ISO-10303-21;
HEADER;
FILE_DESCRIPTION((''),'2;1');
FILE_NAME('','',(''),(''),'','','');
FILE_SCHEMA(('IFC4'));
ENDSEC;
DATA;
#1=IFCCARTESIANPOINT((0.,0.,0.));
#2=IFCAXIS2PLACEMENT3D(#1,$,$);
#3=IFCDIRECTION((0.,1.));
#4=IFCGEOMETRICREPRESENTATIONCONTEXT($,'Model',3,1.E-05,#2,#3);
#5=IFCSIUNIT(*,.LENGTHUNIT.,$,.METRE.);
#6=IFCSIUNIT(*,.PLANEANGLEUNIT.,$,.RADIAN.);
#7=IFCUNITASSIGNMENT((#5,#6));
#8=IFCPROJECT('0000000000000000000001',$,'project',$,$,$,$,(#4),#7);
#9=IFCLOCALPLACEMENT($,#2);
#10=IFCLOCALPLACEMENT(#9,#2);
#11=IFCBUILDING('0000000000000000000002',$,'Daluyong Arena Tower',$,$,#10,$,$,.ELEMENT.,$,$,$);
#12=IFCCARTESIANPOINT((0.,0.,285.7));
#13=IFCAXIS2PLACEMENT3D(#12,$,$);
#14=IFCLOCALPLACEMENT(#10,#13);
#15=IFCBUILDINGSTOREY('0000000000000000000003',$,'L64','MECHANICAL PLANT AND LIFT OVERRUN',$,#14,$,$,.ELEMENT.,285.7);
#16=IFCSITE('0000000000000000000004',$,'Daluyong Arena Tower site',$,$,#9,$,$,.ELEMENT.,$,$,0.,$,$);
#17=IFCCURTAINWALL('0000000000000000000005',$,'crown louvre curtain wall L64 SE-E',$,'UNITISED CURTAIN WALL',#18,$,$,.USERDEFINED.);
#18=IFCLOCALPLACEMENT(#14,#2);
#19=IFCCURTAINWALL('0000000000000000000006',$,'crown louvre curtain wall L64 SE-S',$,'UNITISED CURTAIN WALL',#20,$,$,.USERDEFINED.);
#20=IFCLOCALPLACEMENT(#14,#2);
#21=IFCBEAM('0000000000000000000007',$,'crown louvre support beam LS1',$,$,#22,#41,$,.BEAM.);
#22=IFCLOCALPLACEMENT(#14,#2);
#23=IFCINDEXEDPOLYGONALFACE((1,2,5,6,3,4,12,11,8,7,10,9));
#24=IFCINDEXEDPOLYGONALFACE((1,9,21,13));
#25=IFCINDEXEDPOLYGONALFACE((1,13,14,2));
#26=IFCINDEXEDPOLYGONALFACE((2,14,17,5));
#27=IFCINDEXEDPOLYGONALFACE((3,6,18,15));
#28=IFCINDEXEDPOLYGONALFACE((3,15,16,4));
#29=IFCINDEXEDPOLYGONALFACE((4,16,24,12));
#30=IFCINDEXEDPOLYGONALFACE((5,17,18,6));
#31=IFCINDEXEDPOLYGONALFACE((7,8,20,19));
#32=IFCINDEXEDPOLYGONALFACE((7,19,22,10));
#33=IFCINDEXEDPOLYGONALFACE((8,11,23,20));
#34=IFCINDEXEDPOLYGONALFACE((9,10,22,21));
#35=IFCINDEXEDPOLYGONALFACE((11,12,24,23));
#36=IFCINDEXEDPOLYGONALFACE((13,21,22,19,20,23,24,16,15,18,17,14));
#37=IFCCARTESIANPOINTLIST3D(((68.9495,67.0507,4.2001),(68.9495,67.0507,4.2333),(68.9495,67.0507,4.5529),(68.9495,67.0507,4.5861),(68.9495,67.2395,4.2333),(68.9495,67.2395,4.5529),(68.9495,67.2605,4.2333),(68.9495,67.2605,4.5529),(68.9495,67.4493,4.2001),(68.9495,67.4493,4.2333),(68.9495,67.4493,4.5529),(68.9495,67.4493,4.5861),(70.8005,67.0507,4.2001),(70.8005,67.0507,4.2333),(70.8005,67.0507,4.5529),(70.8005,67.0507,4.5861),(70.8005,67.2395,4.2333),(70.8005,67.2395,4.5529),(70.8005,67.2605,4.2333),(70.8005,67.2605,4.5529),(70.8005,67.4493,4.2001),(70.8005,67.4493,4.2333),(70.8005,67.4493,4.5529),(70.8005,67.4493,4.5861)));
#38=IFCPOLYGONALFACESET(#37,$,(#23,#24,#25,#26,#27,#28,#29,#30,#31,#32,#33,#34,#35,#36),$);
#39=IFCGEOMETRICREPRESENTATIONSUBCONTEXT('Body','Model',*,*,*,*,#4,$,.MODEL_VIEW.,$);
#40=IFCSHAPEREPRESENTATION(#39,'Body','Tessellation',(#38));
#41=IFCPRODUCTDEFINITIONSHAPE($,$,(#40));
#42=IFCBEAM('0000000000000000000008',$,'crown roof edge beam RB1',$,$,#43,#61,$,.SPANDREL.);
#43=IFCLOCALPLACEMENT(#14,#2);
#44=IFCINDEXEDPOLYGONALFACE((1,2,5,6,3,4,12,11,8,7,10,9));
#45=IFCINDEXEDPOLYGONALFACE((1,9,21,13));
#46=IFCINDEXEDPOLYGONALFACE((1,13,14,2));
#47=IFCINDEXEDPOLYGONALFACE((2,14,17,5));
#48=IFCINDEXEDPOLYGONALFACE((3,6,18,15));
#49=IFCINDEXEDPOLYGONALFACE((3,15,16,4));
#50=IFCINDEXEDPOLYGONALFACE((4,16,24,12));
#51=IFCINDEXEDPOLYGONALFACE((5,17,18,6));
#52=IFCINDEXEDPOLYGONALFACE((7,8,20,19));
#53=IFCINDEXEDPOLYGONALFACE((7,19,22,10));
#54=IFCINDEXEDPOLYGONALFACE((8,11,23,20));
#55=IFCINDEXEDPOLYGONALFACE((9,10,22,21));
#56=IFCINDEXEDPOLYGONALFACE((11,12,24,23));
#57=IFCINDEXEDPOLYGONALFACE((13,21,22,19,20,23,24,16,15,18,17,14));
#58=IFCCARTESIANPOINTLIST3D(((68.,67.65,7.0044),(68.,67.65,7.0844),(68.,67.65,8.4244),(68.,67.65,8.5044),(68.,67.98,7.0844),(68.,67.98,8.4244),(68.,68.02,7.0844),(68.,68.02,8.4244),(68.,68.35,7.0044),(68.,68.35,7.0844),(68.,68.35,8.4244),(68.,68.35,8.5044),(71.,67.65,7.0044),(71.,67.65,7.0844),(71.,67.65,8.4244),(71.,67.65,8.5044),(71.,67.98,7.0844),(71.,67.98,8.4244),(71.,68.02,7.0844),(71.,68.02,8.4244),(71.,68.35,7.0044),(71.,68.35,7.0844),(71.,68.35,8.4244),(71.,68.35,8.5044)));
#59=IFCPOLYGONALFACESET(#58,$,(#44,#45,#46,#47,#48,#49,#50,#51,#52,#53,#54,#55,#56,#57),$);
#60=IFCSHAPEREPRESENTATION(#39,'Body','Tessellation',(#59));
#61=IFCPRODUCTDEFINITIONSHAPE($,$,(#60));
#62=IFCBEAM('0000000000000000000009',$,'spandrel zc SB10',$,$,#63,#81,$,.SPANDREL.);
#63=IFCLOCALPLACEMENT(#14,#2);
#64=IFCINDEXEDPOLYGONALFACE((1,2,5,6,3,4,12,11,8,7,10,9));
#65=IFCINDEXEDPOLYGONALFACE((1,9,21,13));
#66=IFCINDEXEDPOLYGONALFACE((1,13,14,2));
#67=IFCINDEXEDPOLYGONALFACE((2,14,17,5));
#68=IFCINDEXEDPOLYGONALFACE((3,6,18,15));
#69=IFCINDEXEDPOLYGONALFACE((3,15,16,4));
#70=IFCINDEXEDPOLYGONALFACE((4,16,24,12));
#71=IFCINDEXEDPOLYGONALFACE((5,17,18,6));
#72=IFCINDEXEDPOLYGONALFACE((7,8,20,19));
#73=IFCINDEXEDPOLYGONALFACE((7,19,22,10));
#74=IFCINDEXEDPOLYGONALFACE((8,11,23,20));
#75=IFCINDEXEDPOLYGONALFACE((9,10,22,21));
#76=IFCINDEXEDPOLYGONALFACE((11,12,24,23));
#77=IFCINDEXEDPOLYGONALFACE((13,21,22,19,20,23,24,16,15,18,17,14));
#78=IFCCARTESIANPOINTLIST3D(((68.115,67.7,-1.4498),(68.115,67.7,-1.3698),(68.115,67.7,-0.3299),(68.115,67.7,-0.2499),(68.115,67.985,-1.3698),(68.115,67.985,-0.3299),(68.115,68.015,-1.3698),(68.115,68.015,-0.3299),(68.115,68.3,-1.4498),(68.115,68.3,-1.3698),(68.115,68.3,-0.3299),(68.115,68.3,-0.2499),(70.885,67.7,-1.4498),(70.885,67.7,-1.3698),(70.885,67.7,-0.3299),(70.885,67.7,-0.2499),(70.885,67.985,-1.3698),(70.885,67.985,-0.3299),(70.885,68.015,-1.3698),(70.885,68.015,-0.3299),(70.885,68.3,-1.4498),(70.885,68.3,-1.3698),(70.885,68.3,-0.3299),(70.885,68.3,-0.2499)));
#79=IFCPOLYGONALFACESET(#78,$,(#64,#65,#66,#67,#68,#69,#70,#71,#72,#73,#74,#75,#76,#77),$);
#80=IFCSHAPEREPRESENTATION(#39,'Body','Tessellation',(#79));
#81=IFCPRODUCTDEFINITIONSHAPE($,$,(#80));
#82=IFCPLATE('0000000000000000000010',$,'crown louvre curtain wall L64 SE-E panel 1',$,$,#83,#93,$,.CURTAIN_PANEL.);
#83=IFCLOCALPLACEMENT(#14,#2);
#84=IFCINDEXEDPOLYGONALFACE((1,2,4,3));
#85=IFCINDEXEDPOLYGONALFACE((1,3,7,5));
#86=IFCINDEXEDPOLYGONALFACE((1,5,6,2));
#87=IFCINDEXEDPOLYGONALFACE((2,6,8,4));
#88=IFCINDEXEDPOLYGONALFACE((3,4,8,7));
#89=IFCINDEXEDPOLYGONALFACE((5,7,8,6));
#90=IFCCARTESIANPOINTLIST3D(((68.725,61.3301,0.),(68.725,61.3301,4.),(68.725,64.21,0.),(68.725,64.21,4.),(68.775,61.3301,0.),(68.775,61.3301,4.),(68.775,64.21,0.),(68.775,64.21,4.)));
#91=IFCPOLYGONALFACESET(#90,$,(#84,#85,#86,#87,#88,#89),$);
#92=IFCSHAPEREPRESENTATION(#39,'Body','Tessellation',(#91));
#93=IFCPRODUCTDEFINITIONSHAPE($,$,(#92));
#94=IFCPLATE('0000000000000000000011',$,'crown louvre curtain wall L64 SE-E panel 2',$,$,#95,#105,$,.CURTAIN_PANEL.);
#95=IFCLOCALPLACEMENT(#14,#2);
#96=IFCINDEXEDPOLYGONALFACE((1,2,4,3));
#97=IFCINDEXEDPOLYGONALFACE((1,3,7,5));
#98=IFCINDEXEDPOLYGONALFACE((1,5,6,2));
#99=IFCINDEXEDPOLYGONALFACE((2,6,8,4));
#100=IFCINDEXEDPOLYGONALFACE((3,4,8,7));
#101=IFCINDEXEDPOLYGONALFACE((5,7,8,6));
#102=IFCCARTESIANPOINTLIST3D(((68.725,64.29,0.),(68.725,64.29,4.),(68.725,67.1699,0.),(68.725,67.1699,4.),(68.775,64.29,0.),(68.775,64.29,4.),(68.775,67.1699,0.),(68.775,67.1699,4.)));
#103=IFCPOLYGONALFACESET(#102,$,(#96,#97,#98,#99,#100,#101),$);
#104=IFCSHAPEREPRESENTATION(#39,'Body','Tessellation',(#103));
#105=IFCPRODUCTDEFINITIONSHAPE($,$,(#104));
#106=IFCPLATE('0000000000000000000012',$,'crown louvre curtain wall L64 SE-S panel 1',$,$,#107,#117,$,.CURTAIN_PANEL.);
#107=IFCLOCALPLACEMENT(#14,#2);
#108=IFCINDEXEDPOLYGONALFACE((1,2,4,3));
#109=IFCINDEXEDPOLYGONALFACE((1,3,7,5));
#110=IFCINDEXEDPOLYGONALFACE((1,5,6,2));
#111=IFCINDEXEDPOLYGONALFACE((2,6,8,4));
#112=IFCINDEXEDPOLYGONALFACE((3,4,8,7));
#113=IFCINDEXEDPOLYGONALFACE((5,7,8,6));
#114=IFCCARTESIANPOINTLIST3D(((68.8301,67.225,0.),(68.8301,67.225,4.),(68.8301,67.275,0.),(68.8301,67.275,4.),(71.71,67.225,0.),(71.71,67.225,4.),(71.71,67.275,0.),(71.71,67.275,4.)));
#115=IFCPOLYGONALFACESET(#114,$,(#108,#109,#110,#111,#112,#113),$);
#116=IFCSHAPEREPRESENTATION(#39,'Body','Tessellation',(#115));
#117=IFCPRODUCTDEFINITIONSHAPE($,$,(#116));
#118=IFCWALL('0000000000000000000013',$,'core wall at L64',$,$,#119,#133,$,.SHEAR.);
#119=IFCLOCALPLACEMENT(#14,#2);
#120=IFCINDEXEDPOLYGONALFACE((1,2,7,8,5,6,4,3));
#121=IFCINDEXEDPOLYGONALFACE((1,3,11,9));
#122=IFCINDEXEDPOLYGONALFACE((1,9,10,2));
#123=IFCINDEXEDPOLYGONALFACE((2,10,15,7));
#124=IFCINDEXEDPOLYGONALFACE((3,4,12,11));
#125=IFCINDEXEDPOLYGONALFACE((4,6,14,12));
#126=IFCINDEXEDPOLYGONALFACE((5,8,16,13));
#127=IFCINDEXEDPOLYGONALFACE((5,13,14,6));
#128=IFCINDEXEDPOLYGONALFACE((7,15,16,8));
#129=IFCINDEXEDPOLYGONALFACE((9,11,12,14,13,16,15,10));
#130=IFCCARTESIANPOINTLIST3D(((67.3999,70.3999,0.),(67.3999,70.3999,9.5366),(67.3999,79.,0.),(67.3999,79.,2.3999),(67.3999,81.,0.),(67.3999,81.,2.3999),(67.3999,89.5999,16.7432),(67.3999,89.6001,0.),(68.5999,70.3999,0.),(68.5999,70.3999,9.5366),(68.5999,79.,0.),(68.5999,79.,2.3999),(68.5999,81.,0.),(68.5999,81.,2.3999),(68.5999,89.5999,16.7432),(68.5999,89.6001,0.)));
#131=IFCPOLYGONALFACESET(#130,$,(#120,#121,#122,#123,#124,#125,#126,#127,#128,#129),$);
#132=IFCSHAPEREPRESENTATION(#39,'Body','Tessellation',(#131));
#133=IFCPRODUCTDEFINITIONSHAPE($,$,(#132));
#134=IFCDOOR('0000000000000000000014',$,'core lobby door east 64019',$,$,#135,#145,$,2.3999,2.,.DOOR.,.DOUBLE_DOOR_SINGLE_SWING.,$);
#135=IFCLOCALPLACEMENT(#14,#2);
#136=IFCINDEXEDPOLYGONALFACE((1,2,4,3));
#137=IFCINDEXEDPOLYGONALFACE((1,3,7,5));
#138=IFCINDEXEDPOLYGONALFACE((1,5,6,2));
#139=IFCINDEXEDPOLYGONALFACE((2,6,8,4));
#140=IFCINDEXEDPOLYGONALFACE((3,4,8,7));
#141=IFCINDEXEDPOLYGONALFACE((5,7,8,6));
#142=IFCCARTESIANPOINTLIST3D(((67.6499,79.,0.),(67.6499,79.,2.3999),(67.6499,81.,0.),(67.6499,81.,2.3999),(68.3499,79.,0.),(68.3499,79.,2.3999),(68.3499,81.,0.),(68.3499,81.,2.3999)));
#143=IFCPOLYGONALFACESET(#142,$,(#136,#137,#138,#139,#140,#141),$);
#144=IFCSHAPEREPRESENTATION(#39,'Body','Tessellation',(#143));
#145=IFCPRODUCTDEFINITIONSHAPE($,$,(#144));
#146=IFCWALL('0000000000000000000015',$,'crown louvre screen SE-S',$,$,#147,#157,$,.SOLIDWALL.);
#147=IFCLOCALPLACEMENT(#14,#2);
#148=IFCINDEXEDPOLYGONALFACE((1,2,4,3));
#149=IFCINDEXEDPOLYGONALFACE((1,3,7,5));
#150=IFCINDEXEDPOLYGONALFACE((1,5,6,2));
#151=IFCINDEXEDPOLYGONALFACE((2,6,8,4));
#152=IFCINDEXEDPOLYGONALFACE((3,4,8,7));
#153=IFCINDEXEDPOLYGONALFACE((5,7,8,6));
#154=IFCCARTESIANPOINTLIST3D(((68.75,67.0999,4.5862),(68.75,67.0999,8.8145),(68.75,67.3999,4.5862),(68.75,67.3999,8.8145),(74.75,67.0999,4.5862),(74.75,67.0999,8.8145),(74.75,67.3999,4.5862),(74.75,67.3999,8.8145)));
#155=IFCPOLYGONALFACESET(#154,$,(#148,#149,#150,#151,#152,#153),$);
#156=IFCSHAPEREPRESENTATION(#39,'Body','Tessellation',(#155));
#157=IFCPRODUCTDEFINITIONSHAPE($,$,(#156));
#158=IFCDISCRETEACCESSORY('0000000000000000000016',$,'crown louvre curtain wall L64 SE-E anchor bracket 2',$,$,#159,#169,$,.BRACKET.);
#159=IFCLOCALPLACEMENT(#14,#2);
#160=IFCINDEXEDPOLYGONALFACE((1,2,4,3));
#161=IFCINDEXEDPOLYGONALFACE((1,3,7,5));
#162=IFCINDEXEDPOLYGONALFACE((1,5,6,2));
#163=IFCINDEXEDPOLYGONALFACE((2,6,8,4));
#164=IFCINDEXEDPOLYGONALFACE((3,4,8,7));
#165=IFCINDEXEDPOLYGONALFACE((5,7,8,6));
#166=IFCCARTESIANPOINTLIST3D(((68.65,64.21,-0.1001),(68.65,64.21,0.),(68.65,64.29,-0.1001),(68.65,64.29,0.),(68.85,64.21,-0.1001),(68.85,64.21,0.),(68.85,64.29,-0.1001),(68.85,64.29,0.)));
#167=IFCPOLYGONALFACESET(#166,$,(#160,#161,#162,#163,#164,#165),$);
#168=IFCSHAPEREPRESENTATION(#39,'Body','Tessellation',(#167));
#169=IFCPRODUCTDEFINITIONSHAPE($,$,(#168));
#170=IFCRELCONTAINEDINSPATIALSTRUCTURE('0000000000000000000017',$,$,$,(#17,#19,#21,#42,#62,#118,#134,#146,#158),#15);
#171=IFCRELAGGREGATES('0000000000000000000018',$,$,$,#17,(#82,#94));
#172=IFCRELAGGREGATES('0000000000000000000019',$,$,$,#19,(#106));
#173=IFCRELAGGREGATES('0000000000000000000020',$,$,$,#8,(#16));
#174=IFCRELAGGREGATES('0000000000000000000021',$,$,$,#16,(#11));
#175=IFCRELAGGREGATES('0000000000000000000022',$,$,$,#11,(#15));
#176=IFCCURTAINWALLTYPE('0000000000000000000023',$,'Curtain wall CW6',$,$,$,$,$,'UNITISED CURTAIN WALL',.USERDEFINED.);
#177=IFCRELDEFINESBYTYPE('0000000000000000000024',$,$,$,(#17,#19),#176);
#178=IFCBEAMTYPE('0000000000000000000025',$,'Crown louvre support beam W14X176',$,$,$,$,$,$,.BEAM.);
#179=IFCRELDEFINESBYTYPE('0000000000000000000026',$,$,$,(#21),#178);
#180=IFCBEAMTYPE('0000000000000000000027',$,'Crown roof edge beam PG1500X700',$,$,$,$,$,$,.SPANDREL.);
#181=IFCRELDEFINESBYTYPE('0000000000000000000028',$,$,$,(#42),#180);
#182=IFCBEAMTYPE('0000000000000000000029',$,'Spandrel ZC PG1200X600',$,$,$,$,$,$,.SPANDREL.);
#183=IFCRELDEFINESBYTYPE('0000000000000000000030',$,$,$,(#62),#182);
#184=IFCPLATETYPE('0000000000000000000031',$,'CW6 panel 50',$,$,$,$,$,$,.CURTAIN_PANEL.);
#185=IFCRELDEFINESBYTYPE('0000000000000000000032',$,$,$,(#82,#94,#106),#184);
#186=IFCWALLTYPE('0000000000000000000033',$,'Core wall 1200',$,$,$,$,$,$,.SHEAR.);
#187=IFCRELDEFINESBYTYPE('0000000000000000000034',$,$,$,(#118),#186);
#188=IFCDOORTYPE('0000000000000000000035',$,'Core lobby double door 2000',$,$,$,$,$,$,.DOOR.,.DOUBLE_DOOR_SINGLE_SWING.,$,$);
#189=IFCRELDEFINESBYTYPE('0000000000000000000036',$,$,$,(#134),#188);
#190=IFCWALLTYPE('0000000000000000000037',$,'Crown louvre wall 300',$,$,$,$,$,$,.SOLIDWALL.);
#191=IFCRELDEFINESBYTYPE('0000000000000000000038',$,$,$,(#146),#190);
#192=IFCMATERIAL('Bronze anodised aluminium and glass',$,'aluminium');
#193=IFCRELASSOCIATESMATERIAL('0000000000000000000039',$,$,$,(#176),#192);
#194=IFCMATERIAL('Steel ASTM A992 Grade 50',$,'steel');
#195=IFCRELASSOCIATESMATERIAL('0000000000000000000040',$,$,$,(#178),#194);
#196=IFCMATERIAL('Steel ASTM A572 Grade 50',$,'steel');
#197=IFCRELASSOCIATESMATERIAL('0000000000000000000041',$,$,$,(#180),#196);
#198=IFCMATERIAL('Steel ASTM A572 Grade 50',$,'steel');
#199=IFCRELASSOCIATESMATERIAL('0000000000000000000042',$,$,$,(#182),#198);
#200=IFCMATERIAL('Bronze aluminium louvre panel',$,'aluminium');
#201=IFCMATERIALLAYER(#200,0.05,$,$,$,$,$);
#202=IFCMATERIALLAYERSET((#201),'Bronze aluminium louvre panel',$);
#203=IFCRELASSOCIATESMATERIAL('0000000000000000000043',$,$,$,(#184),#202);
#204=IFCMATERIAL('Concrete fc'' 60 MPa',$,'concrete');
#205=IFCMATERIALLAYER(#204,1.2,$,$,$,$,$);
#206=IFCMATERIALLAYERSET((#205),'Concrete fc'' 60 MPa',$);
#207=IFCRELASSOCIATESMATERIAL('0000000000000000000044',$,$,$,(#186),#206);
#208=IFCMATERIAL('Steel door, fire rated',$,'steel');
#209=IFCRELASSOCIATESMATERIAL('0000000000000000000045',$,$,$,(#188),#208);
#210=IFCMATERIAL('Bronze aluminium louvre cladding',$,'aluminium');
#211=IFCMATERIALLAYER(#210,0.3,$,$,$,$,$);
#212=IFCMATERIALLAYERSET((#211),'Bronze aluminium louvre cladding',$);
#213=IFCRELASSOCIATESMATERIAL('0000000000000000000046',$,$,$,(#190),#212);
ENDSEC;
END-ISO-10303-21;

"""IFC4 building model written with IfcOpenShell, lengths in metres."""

from ifc_helpers import new_model, si_unit, direction, frame, frame_2d, origin, origin_2d, place, context, subcontext, project, spatial, polyline, rectangle, i_section, outline, extrude, material, layer, layer_set, material_profile, profile_set, type_object, element, fill, aggregate, save


model = new_model("IFC4")

# Units and contexts
model_context = context("Model", 3, precision=1e-05, world=origin(), true_north=direction((0.0, 1.0)))
body_context = subcontext(model_context, "Body", "Model", "MODEL_VIEW")
ifc_project = project(units=[si_unit("LENGTHUNIT", "METRE"), si_unit("PLANEANGLEUNIT", "RADIAN")], contexts=[model_context])

# Site, building, storey
site_placement = place(None, origin())
site = spatial("IfcSite", under=ifc_project, at=site_placement, Name="Daluyong Arena Tower site", CompositionType="ELEMENT", RefElevation=0.0)
building_placement = place(site_placement, origin())
building = spatial("IfcBuilding", under=site, at=building_placement, Name="Daluyong Arena Tower", CompositionType="ELEMENT")
storey_placement = place(building_placement, frame((0.0, 0.0, 285.7)))
storey = spatial("IfcBuildingStorey", under=building, at=storey_placement, Name="L64", Description="MECHANICAL PLANT AND LIFT OVERRUN", CompositionType="ELEMENT", Elevation=285.7)

# Curtain wall
ifc_material_1 = material(Name="Bronze anodised aluminium and glass", Category="aluminium")
curtain_wall_type = type_object("IfcCurtainWallType", Name="Curtain wall CW6", ElementType="UNITISED CURTAIN WALL", PredefinedType="USERDEFINED", material=ifc_material_1)
curtain_wall_1_placement = place(storey_placement, origin())
curtain_wall_1 = element("IfcCurtainWall", 1, at=curtain_wall_1_placement, inside=storey, type_object=curtain_wall_type, Name="crown louvre curtain wall L64 SE-E", ObjectType="UNITISED CURTAIN WALL", PredefinedType="USERDEFINED")

# Curtain wall
curtain_wall_2_placement = place(storey_placement, origin())
curtain_wall_2 = element("IfcCurtainWall", 2, at=curtain_wall_2_placement, inside=storey, type_object=curtain_wall_type, Name="crown louvre curtain wall L64 SE-S", ObjectType="UNITISED CURTAIN WALL", PredefinedType="USERDEFINED")

# Beams
ifc_material_2 = material(Name="Steel ASTM A992 Grade 50", Category="steel")
ifc_material_profile_1 = material_profile(ifc_material_2, i_section(OverallWidth=0.3987, OverallDepth=0.386, WebThickness=0.021, FlangeThickness=0.0332, at=origin_2d()))
ifc_profile_set_1 = profile_set([ifc_material_profile_1], Name="Steel ASTM A992 Grade 50")
beam_type_1 = type_object("IfcBeamType", Name="Crown louvre support beam W14X176", PredefinedType="BEAM", material=ifc_profile_set_1)
beam_1_placement = place(storey_placement, frame((68.9495, 67.25, 4.3931), z_axis=(1.0, 0.0, 0.0), x_axis=(0.0, 1.0, 0.0)))
element("IfcBeam", 3, at=beam_1_placement, inside=storey, type_object=beam_type_1, Name="crown louvre support beam LS1", PredefinedType="BEAM", context=body_context, shape_type="SweptSolid", body=[
    extrude(i_section(OverallWidth=0.3987, OverallDepth=0.386, WebThickness=0.021, FlangeThickness=0.0332, at=origin_2d()), origin(), (0.0, 0.0, 1.0), 1.8511),
])
ifc_material_3 = material(Name="Steel ASTM A572 Grade 50", Category="steel")
ifc_material_profile_2 = material_profile(ifc_material_3, i_section(OverallWidth=0.7, OverallDepth=1.5, WebThickness=0.04, FlangeThickness=0.08, at=origin_2d()))
ifc_profile_set_2 = profile_set([ifc_material_profile_2], Name="Steel ASTM A572 Grade 50")
beam_type_2 = type_object("IfcBeamType", Name="Crown roof edge beam PG1500X700", PredefinedType="SPANDREL", material=ifc_profile_set_2)
beam_2_placement = place(storey_placement, frame((68.0, 68.0, 7.7544), z_axis=(1.0, 0.0, 0.0), x_axis=(0.0, 1.0, 0.0)))
element("IfcBeam", 4, at=beam_2_placement, inside=storey, type_object=beam_type_2, Name="crown roof edge beam RB1", PredefinedType="SPANDREL", context=body_context, shape_type="SweptSolid", body=[
    extrude(i_section(OverallWidth=0.7, OverallDepth=1.5, WebThickness=0.04, FlangeThickness=0.08, at=origin_2d()), origin(), (0.0, 0.0, 1.0), 3.0),
])
ifc_material_4 = material(Name="Steel ASTM A572 Grade 50", Category="steel")
ifc_material_profile_3 = material_profile(ifc_material_4, i_section(OverallWidth=0.6001, OverallDepth=1.2, WebThickness=0.03, FlangeThickness=0.08, at=origin_2d()))
ifc_profile_set_3 = profile_set([ifc_material_profile_3], Name="Steel ASTM A572 Grade 50")
beam_type_3 = type_object("IfcBeamType", Name="Spandrel ZC PG1200X600", PredefinedType="SPANDREL", material=ifc_profile_set_3)
beam_3_placement = place(storey_placement, frame((68.115, 68.0, -0.8499), z_axis=(1.0, 0.0, 0.0), x_axis=(0.0, 1.0, 0.0)))
element("IfcBeam", 5, at=beam_3_placement, inside=storey, type_object=beam_type_3, Name="spandrel zc SB10", PredefinedType="SPANDREL", context=body_context, shape_type="SweptSolid", body=[
    extrude(i_section(OverallWidth=0.6001, OverallDepth=1.2, WebThickness=0.03, FlangeThickness=0.08, at=origin_2d()), origin(), (0.0, 0.0, 1.0), 2.77),
])

# Plates
ifc_material_5 = material(Name="Bronze aluminium louvre panel", Category="aluminium")
ifc_layer_1 = layer(ifc_material_5, 0.05)
ifc_layer_set_1 = layer_set([ifc_layer_1], Name="Bronze aluminium louvre panel")
plate_type = type_object("IfcPlateType", Name="CW6 panel 50", PredefinedType="CURTAIN_PANEL", material=ifc_layer_set_1)
plate_1_placement = place(storey_placement, frame((68.75, 62.77, 0.0), z_axis=(0.0, 0.0, 1.0), x_axis=(0.0, 1.0, 0.0)))
plate_1 = element("IfcPlate", 6, at=plate_1_placement, type_object=plate_type, Name="crown louvre curtain wall L64 SE-E panel 1", PredefinedType="CURTAIN_PANEL", context=body_context, shape_type="SweptSolid", body=[
    extrude(rectangle(XDim=2.8799, YDim=0.05, at=origin_2d()), origin(), (0.0, 0.0, 1.0), 4.0),
])
plate_2_placement = place(storey_placement, frame((68.75, 65.73, 0.0), z_axis=(0.0, 0.0, 1.0), x_axis=(0.0, 1.0, 0.0)))
plate_2 = element("IfcPlate", 7, at=plate_2_placement, type_object=plate_type, Name="crown louvre curtain wall L64 SE-E panel 2", PredefinedType="CURTAIN_PANEL", context=body_context, shape_type="SweptSolid", body=[
    extrude(rectangle(XDim=2.8799, YDim=0.05, at=origin_2d()), origin(), (0.0, 0.0, 1.0), 4.0),
])
aggregate(curtain_wall_1, [plate_1, plate_2])
plate_3_placement = place(storey_placement, frame((70.27, 67.25, 0.0), z_axis=(0.0, 0.0, 1.0), x_axis=(1.0, 0.0, 0.0)))
plate_3 = element("IfcPlate", 8, at=plate_3_placement, type_object=plate_type, Name="crown louvre curtain wall L64 SE-S panel 1", PredefinedType="CURTAIN_PANEL", context=body_context, shape_type="SweptSolid", body=[
    extrude(rectangle(XDim=2.8799, YDim=0.05, at=origin_2d()), origin(), (0.0, 0.0, 1.0), 4.0),
])
aggregate(curtain_wall_2, [plate_3])

# Wall, opening, door
ifc_material_6 = material(Name="Concrete fc' 60 MPa", Category="concrete")
ifc_layer_2 = layer(ifc_material_6, 1.2)
ifc_layer_set_2 = layer_set([ifc_layer_2], Name="Concrete fc' 60 MPa")
wall_type_1 = type_object("IfcWallType", Name="Core wall 1200", PredefinedType="SHEAR", material=ifc_layer_set_2)
wall_1_placement = place(storey_placement, frame((68.0, 70.3999, 0.0), z_axis=(0.0, 0.0, 1.0), x_axis=(0.0, 1.0, 0.0)))
wall_1 = element("IfcWall", 9, at=wall_1_placement, inside=storey, type_object=wall_type_1, Name="core wall at L64", PredefinedType="SHEAR", context=body_context, shape_type="SweptSolid", body=[
    extrude(outline(polyline([(0.0, 0.0), (19.2002, 0.0), (19.2, 16.7432), (0.0, 9.5366), (0.0, 0.0)])), frame((0.0, 0.6001, 0.0), z_axis=(0.0, -1.0, 0.0), x_axis=(1.0, 0.0, 0.0)), (0.0, 0.0, 1.0), 1.2),
])
opening_placement = place(wall_1_placement, frame((8.6001, 0.0, 0.0)))
opening = element("IfcOpeningElement", 10, at=opening_placement, cuts=wall_1, PredefinedType="OPENING", context=body_context, shape_type="SweptSolid", body=[
    extrude(rectangle(XDim=2.0, YDim=2.3999, at=frame_2d((1.0, 1.2))), frame((0.0, 0.6099, 0.0), z_axis=(0.0, -1.0, 0.0), x_axis=(1.0, 0.0, 0.0)), (0.0, 0.0, 1.0), 1.22),
])
ifc_material_7 = material(Name="Steel door, fire rated", Category="steel")
door_type = type_object("IfcDoorType", Name="Core lobby double door 2000", OperationType="DOUBLE_DOOR_SINGLE_SWING", PredefinedType="DOOR", material=ifc_material_7)
door_placement = place(opening_placement, origin())
door = element("IfcDoor", 11, at=door_placement, inside=storey, type_object=door_type, Name="core lobby door east 64019", OperationType="DOUBLE_DOOR_SINGLE_SWING", OverallHeight=2.3999, OverallWidth=2.0, PredefinedType="DOOR", context=body_context, shape_type="SweptSolid", body=[
    extrude(rectangle(XDim=2.0, YDim=2.3999, at=frame_2d((1.0, 1.2))), frame((0.0, 0.3501, 0.0), z_axis=(0.0, -1.0, 0.0), x_axis=(1.0, 0.0, 0.0)), (0.0, 0.0, 1.0), 0.7),
])
fill(opening, door)

# Wall
ifc_material_8 = material(Name="Bronze aluminium louvre cladding", Category="aluminium")
ifc_layer_3 = layer(ifc_material_8, 0.3)
ifc_layer_set_3 = layer_set([ifc_layer_3], Name="Bronze aluminium louvre cladding")
wall_type_2 = type_object("IfcWallType", Name="Crown louvre wall 300", PredefinedType="SOLIDWALL", material=ifc_layer_set_3)
wall_2_placement = place(storey_placement, frame((68.75, 67.25, 4.5862), z_axis=(0.0, 0.0, 1.0), x_axis=(1.0, 0.0, 0.0)))
element("IfcWall", 12, at=wall_2_placement, inside=storey, type_object=wall_type_2, Name="crown louvre screen SE-S", PredefinedType="SOLIDWALL", context=body_context, shape_type="SweptSolid", body=[
    extrude(outline(polyline([(0.0, 0.0), (6.0, 0.0), (6.0, 4.2283), (0.0, 4.2283), (0.0, 0.0)])), frame((0.0, 0.1499, 0.0), z_axis=(0.0, -1.0, 0.0), x_axis=(1.0, 0.0, 0.0)), (0.0, 0.0, 1.0), 0.3),
])

# Discrete accessory
discrete_accessory_placement = place(storey_placement, frame((68.75, 64.25, -0.1001), z_axis=(0.0, 0.0, 1.0), x_axis=(0.0, 1.0, 0.0)))
element("IfcDiscreteAccessory", 13, at=discrete_accessory_placement, inside=storey, Name="crown louvre curtain wall L64 SE-E anchor bracket 2", PredefinedType="BRACKET", context=body_context, shape_type="SweptSolid", body=[
    extrude(rectangle(XDim=0.0801, YDim=0.2, at=origin_2d()), origin(), (0.0, 0.0, 1.0), 0.1001),
])

save(model, "model.ifc")
